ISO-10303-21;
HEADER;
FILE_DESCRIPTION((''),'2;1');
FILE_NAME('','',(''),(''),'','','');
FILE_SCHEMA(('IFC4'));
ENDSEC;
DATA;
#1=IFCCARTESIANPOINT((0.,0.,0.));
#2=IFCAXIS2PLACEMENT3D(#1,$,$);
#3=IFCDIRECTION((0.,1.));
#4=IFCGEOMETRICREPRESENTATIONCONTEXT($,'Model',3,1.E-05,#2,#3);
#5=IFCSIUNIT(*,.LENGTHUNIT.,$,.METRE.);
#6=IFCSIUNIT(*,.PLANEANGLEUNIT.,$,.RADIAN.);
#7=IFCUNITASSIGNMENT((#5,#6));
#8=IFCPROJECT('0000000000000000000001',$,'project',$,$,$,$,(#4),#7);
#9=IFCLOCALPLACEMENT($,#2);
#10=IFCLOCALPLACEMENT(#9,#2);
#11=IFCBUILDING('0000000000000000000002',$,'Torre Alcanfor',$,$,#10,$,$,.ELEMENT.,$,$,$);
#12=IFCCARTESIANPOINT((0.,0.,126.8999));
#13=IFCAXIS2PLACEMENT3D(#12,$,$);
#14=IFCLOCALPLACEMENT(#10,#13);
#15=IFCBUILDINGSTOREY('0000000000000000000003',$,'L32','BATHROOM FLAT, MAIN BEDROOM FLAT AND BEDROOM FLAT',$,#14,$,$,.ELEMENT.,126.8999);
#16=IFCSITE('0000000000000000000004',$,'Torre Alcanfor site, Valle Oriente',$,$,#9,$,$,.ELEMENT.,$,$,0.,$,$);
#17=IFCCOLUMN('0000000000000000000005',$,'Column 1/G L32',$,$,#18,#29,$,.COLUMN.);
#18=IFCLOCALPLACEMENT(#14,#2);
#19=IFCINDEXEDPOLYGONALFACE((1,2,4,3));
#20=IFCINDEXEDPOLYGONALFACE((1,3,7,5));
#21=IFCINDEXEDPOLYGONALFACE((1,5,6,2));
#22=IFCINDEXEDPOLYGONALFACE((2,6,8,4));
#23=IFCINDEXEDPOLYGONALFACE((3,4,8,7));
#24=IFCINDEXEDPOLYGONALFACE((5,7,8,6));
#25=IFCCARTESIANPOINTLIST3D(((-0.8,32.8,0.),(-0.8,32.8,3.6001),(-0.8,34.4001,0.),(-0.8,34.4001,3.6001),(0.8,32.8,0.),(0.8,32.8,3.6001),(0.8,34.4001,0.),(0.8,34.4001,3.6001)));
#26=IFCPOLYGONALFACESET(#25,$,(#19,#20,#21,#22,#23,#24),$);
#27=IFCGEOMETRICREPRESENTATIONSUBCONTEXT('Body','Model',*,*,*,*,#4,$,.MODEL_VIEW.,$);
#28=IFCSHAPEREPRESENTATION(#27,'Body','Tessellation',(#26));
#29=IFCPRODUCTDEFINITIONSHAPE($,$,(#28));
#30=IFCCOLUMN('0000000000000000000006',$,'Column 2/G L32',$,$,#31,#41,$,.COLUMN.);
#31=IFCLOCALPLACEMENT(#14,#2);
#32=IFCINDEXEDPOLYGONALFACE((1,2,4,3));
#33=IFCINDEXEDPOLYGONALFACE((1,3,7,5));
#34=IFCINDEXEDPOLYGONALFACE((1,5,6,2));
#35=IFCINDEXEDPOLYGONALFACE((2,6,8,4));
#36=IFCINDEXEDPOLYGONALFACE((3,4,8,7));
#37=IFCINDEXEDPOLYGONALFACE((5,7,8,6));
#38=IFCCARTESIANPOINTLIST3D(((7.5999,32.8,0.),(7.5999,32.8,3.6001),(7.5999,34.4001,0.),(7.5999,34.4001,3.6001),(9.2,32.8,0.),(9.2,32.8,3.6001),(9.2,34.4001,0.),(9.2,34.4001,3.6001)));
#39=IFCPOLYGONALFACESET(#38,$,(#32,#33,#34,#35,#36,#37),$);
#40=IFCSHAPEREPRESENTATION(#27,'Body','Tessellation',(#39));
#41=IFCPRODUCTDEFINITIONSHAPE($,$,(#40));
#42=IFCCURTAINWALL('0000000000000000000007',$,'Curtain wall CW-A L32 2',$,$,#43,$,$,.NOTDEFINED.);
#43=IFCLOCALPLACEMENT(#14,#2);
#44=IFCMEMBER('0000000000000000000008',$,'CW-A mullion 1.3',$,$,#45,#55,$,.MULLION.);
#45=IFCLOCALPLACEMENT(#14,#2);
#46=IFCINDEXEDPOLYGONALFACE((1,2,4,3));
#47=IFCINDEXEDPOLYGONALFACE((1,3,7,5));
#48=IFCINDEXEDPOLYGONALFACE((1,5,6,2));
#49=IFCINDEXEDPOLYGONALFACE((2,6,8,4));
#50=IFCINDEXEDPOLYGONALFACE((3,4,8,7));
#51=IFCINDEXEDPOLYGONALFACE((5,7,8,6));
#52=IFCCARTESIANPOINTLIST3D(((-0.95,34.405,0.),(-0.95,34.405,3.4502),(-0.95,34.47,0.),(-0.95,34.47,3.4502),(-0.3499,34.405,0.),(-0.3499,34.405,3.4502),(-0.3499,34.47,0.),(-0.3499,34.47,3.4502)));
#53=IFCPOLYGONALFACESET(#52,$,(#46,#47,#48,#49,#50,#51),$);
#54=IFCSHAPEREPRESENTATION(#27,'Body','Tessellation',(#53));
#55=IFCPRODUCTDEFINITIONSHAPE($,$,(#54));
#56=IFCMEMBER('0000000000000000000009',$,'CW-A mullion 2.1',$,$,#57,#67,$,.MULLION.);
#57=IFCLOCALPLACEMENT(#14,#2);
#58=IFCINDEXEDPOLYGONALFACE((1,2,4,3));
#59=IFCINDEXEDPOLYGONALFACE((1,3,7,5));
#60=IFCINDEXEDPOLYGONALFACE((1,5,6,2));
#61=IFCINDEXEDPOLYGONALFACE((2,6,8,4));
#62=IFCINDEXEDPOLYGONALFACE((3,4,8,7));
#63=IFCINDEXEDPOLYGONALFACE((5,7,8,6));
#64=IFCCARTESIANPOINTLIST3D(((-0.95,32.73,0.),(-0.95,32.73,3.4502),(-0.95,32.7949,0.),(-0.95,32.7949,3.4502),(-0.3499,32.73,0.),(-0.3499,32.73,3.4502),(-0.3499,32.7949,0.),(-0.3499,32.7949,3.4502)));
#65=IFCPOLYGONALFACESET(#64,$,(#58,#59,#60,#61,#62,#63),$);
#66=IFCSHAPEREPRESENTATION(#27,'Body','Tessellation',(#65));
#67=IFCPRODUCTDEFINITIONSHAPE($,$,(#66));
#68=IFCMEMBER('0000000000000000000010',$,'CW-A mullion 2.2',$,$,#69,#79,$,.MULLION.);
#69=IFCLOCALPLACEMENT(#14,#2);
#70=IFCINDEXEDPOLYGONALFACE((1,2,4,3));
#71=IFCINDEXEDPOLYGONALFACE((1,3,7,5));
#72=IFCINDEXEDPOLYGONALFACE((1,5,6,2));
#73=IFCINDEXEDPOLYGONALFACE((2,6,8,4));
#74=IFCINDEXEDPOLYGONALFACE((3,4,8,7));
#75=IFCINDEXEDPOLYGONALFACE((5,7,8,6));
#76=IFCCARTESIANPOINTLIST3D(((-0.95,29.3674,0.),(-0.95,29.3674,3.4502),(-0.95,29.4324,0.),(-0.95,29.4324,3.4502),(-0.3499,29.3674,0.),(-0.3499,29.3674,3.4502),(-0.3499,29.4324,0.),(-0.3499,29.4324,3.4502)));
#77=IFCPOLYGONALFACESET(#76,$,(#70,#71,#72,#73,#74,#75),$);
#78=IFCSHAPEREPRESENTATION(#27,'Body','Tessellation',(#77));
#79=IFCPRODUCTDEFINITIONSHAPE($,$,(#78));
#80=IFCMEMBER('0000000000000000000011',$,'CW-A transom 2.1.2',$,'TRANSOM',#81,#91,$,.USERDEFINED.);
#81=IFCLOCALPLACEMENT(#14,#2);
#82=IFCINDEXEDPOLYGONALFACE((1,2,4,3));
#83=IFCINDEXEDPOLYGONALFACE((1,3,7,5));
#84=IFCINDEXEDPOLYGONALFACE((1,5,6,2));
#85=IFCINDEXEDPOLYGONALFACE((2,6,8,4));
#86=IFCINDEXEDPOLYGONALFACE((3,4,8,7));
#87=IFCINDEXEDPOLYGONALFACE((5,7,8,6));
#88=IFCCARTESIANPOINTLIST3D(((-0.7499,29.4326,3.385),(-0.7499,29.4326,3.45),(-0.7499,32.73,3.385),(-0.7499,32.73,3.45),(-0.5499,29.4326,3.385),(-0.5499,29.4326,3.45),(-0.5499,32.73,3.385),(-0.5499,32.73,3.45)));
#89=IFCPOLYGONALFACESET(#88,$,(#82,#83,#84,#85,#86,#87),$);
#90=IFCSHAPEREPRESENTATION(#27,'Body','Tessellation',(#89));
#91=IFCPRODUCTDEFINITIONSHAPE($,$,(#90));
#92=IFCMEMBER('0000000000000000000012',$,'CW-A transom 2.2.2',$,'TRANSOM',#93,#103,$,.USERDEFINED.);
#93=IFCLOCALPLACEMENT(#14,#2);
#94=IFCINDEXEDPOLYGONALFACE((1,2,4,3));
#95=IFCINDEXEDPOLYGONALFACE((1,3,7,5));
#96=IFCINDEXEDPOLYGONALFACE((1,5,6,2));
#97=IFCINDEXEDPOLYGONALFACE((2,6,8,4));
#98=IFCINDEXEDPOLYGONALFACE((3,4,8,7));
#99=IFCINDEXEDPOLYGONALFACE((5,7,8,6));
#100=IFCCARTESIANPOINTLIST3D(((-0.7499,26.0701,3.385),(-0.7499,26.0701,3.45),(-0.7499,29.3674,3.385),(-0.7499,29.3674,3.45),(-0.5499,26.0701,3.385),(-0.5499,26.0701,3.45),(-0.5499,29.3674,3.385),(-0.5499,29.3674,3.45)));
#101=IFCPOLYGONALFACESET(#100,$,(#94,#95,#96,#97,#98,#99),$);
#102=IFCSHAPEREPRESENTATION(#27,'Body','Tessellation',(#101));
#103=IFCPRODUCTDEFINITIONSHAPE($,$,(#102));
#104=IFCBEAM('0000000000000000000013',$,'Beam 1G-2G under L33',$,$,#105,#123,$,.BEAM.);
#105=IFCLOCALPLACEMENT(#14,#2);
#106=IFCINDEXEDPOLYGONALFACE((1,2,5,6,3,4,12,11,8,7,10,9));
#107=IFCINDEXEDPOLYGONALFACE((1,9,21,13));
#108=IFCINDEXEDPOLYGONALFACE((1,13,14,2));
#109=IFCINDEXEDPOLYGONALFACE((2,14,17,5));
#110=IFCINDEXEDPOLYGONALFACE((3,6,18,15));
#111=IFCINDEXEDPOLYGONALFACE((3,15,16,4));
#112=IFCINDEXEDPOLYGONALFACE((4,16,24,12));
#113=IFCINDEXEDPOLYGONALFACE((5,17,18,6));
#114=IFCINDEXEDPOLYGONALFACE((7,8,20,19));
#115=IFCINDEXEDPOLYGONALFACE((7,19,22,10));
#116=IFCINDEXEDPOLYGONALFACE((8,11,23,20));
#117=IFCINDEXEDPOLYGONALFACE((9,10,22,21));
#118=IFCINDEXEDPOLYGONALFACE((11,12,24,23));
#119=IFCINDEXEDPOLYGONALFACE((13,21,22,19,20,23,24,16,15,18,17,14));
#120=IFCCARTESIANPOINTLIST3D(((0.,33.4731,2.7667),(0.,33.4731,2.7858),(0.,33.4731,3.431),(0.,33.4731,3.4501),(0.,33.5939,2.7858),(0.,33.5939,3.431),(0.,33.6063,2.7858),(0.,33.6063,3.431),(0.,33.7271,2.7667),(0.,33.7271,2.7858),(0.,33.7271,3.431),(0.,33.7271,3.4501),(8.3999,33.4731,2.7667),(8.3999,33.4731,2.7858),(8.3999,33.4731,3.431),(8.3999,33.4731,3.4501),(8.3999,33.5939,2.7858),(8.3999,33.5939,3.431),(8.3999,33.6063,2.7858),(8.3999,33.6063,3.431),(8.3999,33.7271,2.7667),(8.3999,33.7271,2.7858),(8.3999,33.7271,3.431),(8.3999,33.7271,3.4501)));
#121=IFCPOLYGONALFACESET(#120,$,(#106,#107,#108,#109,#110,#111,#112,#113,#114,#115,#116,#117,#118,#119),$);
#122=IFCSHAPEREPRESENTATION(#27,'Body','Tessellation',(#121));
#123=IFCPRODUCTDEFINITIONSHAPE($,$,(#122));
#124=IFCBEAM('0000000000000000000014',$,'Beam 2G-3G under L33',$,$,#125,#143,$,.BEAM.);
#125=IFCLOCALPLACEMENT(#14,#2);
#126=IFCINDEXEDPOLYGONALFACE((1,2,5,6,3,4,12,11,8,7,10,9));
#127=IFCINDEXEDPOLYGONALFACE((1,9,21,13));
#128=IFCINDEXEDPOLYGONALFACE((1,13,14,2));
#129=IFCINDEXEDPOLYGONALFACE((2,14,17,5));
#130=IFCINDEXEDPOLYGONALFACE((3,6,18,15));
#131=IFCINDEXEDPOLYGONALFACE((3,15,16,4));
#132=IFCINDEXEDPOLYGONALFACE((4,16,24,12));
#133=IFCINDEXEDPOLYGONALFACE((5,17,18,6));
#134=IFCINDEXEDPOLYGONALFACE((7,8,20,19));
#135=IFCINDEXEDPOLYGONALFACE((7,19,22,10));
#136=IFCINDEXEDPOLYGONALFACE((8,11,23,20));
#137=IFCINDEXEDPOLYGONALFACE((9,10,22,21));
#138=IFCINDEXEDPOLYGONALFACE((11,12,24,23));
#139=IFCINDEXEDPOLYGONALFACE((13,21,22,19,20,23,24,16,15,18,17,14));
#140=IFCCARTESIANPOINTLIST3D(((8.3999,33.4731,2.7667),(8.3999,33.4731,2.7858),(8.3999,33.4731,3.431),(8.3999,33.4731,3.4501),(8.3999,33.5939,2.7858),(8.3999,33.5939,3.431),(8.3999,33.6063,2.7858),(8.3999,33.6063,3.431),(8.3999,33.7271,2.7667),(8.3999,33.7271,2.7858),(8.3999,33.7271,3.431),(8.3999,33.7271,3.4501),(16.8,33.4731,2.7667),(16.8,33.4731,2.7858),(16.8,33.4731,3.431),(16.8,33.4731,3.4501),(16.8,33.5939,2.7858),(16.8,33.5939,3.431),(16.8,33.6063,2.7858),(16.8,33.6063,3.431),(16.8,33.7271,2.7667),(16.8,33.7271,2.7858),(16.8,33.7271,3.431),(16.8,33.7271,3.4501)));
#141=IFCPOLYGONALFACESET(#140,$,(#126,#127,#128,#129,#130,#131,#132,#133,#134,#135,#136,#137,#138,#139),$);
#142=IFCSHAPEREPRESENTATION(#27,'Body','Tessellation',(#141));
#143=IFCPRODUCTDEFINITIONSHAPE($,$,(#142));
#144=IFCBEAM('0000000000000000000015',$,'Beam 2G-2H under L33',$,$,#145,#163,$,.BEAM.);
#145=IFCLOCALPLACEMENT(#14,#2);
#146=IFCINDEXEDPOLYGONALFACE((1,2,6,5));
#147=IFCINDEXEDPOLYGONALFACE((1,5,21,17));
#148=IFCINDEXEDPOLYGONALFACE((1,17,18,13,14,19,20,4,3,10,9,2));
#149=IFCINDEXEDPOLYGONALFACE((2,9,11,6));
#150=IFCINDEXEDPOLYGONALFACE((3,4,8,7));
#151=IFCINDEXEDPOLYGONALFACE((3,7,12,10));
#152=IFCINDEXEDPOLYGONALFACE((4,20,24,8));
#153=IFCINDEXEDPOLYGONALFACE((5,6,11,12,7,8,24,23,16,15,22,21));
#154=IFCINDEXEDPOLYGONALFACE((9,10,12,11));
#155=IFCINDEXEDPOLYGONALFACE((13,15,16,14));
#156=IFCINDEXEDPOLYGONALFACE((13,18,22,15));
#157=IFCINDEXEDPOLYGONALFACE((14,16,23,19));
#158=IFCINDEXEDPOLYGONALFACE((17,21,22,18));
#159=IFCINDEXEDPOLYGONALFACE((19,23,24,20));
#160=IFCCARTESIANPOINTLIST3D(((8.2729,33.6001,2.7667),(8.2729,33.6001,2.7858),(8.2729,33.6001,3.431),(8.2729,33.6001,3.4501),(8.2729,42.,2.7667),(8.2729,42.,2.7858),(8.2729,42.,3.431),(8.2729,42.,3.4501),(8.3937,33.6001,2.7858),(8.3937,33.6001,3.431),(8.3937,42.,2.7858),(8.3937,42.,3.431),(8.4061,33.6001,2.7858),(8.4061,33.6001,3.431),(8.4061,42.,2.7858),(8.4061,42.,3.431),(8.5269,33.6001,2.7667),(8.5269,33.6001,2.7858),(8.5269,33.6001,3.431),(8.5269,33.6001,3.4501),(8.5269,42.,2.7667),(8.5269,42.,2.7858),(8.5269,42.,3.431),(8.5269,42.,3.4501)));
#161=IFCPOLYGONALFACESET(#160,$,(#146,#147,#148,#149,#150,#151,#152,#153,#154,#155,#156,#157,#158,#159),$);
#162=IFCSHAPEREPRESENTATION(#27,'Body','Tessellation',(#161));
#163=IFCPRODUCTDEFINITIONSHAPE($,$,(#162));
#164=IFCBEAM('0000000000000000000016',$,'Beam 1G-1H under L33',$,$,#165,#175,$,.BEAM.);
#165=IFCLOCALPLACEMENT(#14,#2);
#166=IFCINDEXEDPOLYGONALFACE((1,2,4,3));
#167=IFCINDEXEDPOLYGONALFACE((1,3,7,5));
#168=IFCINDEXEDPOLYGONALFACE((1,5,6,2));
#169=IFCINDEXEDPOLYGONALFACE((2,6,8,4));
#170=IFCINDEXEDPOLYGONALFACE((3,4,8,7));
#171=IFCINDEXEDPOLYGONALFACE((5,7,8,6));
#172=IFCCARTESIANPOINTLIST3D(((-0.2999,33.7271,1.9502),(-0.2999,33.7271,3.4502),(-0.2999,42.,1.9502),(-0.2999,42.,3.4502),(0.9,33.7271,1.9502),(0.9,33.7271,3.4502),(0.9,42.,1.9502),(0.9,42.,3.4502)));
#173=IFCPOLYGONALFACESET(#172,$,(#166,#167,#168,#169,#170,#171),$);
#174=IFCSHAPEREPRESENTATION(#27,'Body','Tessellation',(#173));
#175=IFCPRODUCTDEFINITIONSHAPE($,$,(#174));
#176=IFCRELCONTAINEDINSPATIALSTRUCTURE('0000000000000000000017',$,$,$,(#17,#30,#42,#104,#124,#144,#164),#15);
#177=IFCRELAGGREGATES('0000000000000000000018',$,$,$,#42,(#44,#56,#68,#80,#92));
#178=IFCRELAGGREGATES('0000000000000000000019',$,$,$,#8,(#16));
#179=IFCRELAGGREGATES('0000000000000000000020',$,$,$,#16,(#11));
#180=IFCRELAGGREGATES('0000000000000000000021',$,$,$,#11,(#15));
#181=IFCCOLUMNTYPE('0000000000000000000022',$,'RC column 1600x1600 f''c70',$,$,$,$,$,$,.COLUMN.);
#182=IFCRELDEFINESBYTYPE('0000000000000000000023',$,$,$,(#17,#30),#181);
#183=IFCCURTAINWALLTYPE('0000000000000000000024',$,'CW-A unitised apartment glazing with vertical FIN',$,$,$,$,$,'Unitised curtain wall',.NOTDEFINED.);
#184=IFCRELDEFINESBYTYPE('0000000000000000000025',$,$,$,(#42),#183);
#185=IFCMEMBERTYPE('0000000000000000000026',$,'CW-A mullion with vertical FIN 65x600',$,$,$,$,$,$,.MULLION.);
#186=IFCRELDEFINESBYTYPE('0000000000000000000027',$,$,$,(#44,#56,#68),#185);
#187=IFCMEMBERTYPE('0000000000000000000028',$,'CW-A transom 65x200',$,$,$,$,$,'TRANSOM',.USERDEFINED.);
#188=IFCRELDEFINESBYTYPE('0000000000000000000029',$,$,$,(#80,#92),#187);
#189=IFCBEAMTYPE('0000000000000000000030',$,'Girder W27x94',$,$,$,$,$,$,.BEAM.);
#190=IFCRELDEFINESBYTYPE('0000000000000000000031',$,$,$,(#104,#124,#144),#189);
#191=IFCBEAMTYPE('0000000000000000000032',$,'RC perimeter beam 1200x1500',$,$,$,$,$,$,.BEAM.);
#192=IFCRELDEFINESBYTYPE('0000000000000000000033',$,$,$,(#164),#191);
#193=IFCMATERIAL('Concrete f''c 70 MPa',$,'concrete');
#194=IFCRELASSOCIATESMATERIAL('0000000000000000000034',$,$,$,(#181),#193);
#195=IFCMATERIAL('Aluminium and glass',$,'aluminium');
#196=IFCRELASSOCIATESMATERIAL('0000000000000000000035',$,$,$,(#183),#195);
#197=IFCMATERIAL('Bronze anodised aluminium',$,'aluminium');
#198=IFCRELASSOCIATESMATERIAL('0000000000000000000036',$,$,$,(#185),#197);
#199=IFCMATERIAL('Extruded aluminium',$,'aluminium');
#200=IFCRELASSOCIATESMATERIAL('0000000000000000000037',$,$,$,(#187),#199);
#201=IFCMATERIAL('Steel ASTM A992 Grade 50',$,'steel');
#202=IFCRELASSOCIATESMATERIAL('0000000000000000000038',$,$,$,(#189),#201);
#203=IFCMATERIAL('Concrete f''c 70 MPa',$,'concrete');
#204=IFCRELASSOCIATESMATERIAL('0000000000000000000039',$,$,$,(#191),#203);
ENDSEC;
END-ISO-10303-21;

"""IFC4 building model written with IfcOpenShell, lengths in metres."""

from ifc_helpers import new_model, si_unit, direction, frame, origin, origin_2d, place, context, subcontext, project, spatial, rectangle, i_section, extrude, material, material_profile, profile_set, type_object, element, aggregate, save


model = new_model("IFC4")

# Units and contexts
model_context = context("Model", 3, precision=1e-05, world=origin(), true_north=direction((0.0, 1.0)))
body_context = subcontext(model_context, "Body", "Model", "MODEL_VIEW")
ifc_project = project(units=[si_unit("LENGTHUNIT", "METRE"), si_unit("PLANEANGLEUNIT", "RADIAN")], contexts=[model_context])

# Site, building, storey
site_placement = place(None, origin())
site = spatial("IfcSite", under=ifc_project, at=site_placement, Name="Torre Alcanfor site, Valle Oriente", CompositionType="ELEMENT", RefElevation=0.0)
building_placement = place(site_placement, origin())
building = spatial("IfcBuilding", under=site, at=building_placement, Name="Torre Alcanfor", CompositionType="ELEMENT")
storey_placement = place(building_placement, frame((0.0, 0.0, 126.8999)))
storey = spatial("IfcBuildingStorey", under=building, at=storey_placement, Name="L32", Description="BATHROOM FLAT, MAIN BEDROOM FLAT AND BEDROOM FLAT", CompositionType="ELEMENT", Elevation=126.8999)

# Columns
ifc_material_1 = material(Name="Concrete f'c 70 MPa", Category="concrete")
ifc_material_profile_1 = material_profile(ifc_material_1, rectangle(XDim=1.6001, YDim=1.6001, at=origin_2d()), Name="1600x1600")
ifc_profile_set_1 = profile_set([ifc_material_profile_1], Name="Concrete f'c 70 MPa")
column_type = type_object("IfcColumnType", Name="RC column 1600x1600 f'c70", PredefinedType="COLUMN", material=ifc_profile_set_1)
for number, where, z_axis, x_axis, name in (
    (1, (0.0, 33.6001, 0.0), (0.0, 0.0, 1.0), (1.0, 0.0, 0.0), "Column 1/G L32"),
    (2, (8.3999, 33.6001, 0.0), (0.0, 0.0, 1.0), (1.0, 0.0, 0.0), "Column 2/G L32"),
):
    element("IfcColumn", number, at=place(storey_placement, frame(where, z_axis=z_axis, x_axis=x_axis)), inside=storey, type_object=column_type, Name=name, PredefinedType="COLUMN", context=body_context, shape_type="SweptSolid", body=[
        extrude(rectangle(XDim=1.6001, YDim=1.6001, at=origin_2d()), origin(), (0.0, 0.0, 1.0), 3.6001),
    ])

# Curtain wall, members
ifc_material_2 = material(Name="Aluminium and glass", Category="aluminium")
curtain_wall_type = type_object("IfcCurtainWallType", Name="CW-A unitised apartment glazing with vertical FIN", ElementType="Unitised curtain wall", PredefinedType="NOTDEFINED", material=ifc_material_2)
curtain_wall_placement = place(storey_placement, origin())
curtain_wall = element("IfcCurtainWall", 3, at=curtain_wall_placement, inside=storey, type_object=curtain_wall_type, Name="Curtain wall CW-A L32 2", PredefinedType="NOTDEFINED")
ifc_material_3 = material(Name="Bronze anodised aluminium", Category="aluminium")
ifc_material_profile_2 = material_profile(ifc_material_3, rectangle(XDim=0.6001, YDim=0.0649, at=origin_2d()), Name="CW-A mullion 65x600")
ifc_profile_set_2 = profile_set([ifc_material_profile_2], Name="Bronze anodised aluminium")
member_type_1 = type_object("IfcMemberType", Name="CW-A mullion with vertical FIN 65x600", PredefinedType="MULLION", material=ifc_profile_set_2)
member_1_placement = place(storey_placement, frame((-0.6499, 34.4375, 0.0), z_axis=(0.0, 0.0, 1.0), x_axis=(1.0, 0.0, 0.0)))
member_1 = element("IfcMember", 4, at=member_1_placement, type_object=member_type_1, Name="CW-A mullion 1.3", PredefinedType="MULLION", context=body_context, shape_type="SweptSolid", body=[
    extrude(rectangle(XDim=0.6001, YDim=0.0649, at=origin_2d()), origin(), (0.0, 0.0, 1.0), 3.4502),
])
member_2_placement = place(storey_placement, frame((-0.6499, 32.7625, 0.0), z_axis=(0.0, 0.0, 1.0), x_axis=(1.0, 0.0, 0.0)))
member_2 = element("IfcMember", 5, at=member_2_placement, type_object=member_type_1, Name="CW-A mullion 2.1", PredefinedType="MULLION", context=body_context, shape_type="SweptSolid", body=[
    extrude(rectangle(XDim=0.6001, YDim=0.0649, at=origin_2d()), origin(), (0.0, 0.0, 1.0), 3.4502),
])
member_3_placement = place(storey_placement, frame((-0.6499, 29.3999, 0.0), z_axis=(0.0, 0.0, 1.0), x_axis=(1.0, 0.0, 0.0)))
member_3 = element("IfcMember", 6, at=member_3_placement, type_object=member_type_1, Name="CW-A mullion 2.2", PredefinedType="MULLION", context=body_context, shape_type="SweptSolid", body=[
    extrude(rectangle(XDim=0.6001, YDim=0.0649, at=origin_2d()), origin(), (0.0, 0.0, 1.0), 3.4502),
])
ifc_material_4 = material(Name="Extruded aluminium", Category="aluminium")
ifc_material_profile_3 = material_profile(ifc_material_4, rectangle(XDim=0.2, YDim=0.0649, at=origin_2d()), Name="CW-A transom 200x65")
ifc_profile_set_3 = profile_set([ifc_material_profile_3], Name="Extruded aluminium")
member_type_2 = type_object("IfcMemberType", Name="CW-A transom 65x200", ElementType="TRANSOM", PredefinedType="USERDEFINED", material=ifc_profile_set_3)
member_4_placement = place(storey_placement, frame((-0.6499, 32.73, 3.4175), z_axis=(0.0, -1.0, 0.0), x_axis=(1.0, 0.0, 0.0)))
member_4 = element("IfcMember", 7, at=member_4_placement, type_object=member_type_2, Name="CW-A transom 2.1.2", ObjectType="TRANSOM", PredefinedType="USERDEFINED", context=body_context, shape_type="SweptSolid", body=[
    extrude(rectangle(XDim=0.2, YDim=0.0649, at=origin_2d()), origin(), (0.0, 0.0, 1.0), 3.2974),
])
member_5_placement = place(storey_placement, frame((-0.6499, 29.3674, 3.4175), z_axis=(0.0, -1.0, 0.0), x_axis=(1.0, 0.0, 0.0)))
member_5 = element("IfcMember", 8, at=member_5_placement, type_object=member_type_2, Name="CW-A transom 2.2.2", ObjectType="TRANSOM", PredefinedType="USERDEFINED", context=body_context, shape_type="SweptSolid", body=[
    extrude(rectangle(XDim=0.2, YDim=0.0649, at=origin_2d()), origin(), (0.0, 0.0, 1.0), 3.2974),
])

# Beams
ifc_material_5 = material(Name="Steel ASTM A992 Grade 50", Category="steel")
ifc_material_profile_4 = material_profile(ifc_material_5, i_section(OverallWidth=0.2539, OverallDepth=0.6833, WebThickness=0.0125, FlangeThickness=0.019, at=origin_2d()), Name="W27x94")
ifc_profile_set_4 = profile_set([ifc_material_profile_4], Name="Steel ASTM A992 Grade 50")
beam_type_1 = type_object("IfcBeamType", Name="Girder W27x94", PredefinedType="BEAM", material=ifc_profile_set_4)
beam_1_placement = place(storey_placement, frame((0.0, 33.6001, 3.1084), z_axis=(1.0, 0.0, 0.0), x_axis=(0.0, 1.0, 0.0)))
element("IfcBeam", 9, at=beam_1_placement, inside=storey, type_object=beam_type_1, Name="Beam 1G-2G under L33", PredefinedType="BEAM", context=body_context, shape_type="SweptSolid", body=[
    extrude(i_section(OverallWidth=0.2539, OverallDepth=0.6833, WebThickness=0.0125, FlangeThickness=0.019, at=origin_2d()), origin(), (0.0, 0.0, 1.0), 8.3999),
])
beam_2_placement = place(storey_placement, frame((8.3999, 33.6001, 3.1084), z_axis=(1.0, 0.0, 0.0), x_axis=(0.0, 1.0, 0.0)))
element("IfcBeam", 10, at=beam_2_placement, inside=storey, type_object=beam_type_1, Name="Beam 2G-3G under L33", PredefinedType="BEAM", context=body_context, shape_type="SweptSolid", body=[
    extrude(i_section(OverallWidth=0.2539, OverallDepth=0.6833, WebThickness=0.0125, FlangeThickness=0.019, at=origin_2d()), origin(), (0.0, 0.0, 1.0), 8.4001),
])
beam_3_placement = place(storey_placement, frame((8.3999, 33.6001, 3.1084), z_axis=(0.0, 1.0, 0.0), x_axis=(-1.0, 0.0, 0.0)))
element("IfcBeam", 11, at=beam_3_placement, inside=storey, type_object=beam_type_1, Name="Beam 2G-2H under L33", PredefinedType="BEAM", context=body_context, shape_type="SweptSolid", body=[
    extrude(i_section(OverallWidth=0.2539, OverallDepth=0.6833, WebThickness=0.0125, FlangeThickness=0.019, at=origin_2d()), origin(), (0.0, 0.0, 1.0), 8.3999),
])
ifc_material_6 = material(Name="Concrete f'c 70 MPa", Category="concrete")
ifc_material_profile_5 = material_profile(ifc_material_6, rectangle(XDim=1.2, YDim=1.5, at=origin_2d()), Name="1200x1500")
ifc_profile_set_5 = profile_set([ifc_material_profile_5], Name="Concrete f'c 70 MPa")
beam_type_2 = type_object("IfcBeamType", Name="RC perimeter beam 1200x1500", PredefinedType="BEAM", material=ifc_profile_set_5)
beam_4_placement = place(storey_placement, frame((0.3, 33.7271, 2.7002), z_axis=(0.0, 1.0, 0.0), x_axis=(-1.0, 0.0, 0.0)))
element("IfcBeam", 12, at=beam_4_placement, inside=storey, type_object=beam_type_2, Name="Beam 1G-1H under L33", PredefinedType="BEAM", context=body_context, shape_type="SweptSolid", body=[
    extrude(rectangle(XDim=1.2, YDim=1.5, at=origin_2d()), origin(), (0.0, 0.0, 1.0), 8.2729),
])

aggregate(curtain_wall, [member_1, member_2, member_3, member_4, member_5])

save(model, "model.ifc")
